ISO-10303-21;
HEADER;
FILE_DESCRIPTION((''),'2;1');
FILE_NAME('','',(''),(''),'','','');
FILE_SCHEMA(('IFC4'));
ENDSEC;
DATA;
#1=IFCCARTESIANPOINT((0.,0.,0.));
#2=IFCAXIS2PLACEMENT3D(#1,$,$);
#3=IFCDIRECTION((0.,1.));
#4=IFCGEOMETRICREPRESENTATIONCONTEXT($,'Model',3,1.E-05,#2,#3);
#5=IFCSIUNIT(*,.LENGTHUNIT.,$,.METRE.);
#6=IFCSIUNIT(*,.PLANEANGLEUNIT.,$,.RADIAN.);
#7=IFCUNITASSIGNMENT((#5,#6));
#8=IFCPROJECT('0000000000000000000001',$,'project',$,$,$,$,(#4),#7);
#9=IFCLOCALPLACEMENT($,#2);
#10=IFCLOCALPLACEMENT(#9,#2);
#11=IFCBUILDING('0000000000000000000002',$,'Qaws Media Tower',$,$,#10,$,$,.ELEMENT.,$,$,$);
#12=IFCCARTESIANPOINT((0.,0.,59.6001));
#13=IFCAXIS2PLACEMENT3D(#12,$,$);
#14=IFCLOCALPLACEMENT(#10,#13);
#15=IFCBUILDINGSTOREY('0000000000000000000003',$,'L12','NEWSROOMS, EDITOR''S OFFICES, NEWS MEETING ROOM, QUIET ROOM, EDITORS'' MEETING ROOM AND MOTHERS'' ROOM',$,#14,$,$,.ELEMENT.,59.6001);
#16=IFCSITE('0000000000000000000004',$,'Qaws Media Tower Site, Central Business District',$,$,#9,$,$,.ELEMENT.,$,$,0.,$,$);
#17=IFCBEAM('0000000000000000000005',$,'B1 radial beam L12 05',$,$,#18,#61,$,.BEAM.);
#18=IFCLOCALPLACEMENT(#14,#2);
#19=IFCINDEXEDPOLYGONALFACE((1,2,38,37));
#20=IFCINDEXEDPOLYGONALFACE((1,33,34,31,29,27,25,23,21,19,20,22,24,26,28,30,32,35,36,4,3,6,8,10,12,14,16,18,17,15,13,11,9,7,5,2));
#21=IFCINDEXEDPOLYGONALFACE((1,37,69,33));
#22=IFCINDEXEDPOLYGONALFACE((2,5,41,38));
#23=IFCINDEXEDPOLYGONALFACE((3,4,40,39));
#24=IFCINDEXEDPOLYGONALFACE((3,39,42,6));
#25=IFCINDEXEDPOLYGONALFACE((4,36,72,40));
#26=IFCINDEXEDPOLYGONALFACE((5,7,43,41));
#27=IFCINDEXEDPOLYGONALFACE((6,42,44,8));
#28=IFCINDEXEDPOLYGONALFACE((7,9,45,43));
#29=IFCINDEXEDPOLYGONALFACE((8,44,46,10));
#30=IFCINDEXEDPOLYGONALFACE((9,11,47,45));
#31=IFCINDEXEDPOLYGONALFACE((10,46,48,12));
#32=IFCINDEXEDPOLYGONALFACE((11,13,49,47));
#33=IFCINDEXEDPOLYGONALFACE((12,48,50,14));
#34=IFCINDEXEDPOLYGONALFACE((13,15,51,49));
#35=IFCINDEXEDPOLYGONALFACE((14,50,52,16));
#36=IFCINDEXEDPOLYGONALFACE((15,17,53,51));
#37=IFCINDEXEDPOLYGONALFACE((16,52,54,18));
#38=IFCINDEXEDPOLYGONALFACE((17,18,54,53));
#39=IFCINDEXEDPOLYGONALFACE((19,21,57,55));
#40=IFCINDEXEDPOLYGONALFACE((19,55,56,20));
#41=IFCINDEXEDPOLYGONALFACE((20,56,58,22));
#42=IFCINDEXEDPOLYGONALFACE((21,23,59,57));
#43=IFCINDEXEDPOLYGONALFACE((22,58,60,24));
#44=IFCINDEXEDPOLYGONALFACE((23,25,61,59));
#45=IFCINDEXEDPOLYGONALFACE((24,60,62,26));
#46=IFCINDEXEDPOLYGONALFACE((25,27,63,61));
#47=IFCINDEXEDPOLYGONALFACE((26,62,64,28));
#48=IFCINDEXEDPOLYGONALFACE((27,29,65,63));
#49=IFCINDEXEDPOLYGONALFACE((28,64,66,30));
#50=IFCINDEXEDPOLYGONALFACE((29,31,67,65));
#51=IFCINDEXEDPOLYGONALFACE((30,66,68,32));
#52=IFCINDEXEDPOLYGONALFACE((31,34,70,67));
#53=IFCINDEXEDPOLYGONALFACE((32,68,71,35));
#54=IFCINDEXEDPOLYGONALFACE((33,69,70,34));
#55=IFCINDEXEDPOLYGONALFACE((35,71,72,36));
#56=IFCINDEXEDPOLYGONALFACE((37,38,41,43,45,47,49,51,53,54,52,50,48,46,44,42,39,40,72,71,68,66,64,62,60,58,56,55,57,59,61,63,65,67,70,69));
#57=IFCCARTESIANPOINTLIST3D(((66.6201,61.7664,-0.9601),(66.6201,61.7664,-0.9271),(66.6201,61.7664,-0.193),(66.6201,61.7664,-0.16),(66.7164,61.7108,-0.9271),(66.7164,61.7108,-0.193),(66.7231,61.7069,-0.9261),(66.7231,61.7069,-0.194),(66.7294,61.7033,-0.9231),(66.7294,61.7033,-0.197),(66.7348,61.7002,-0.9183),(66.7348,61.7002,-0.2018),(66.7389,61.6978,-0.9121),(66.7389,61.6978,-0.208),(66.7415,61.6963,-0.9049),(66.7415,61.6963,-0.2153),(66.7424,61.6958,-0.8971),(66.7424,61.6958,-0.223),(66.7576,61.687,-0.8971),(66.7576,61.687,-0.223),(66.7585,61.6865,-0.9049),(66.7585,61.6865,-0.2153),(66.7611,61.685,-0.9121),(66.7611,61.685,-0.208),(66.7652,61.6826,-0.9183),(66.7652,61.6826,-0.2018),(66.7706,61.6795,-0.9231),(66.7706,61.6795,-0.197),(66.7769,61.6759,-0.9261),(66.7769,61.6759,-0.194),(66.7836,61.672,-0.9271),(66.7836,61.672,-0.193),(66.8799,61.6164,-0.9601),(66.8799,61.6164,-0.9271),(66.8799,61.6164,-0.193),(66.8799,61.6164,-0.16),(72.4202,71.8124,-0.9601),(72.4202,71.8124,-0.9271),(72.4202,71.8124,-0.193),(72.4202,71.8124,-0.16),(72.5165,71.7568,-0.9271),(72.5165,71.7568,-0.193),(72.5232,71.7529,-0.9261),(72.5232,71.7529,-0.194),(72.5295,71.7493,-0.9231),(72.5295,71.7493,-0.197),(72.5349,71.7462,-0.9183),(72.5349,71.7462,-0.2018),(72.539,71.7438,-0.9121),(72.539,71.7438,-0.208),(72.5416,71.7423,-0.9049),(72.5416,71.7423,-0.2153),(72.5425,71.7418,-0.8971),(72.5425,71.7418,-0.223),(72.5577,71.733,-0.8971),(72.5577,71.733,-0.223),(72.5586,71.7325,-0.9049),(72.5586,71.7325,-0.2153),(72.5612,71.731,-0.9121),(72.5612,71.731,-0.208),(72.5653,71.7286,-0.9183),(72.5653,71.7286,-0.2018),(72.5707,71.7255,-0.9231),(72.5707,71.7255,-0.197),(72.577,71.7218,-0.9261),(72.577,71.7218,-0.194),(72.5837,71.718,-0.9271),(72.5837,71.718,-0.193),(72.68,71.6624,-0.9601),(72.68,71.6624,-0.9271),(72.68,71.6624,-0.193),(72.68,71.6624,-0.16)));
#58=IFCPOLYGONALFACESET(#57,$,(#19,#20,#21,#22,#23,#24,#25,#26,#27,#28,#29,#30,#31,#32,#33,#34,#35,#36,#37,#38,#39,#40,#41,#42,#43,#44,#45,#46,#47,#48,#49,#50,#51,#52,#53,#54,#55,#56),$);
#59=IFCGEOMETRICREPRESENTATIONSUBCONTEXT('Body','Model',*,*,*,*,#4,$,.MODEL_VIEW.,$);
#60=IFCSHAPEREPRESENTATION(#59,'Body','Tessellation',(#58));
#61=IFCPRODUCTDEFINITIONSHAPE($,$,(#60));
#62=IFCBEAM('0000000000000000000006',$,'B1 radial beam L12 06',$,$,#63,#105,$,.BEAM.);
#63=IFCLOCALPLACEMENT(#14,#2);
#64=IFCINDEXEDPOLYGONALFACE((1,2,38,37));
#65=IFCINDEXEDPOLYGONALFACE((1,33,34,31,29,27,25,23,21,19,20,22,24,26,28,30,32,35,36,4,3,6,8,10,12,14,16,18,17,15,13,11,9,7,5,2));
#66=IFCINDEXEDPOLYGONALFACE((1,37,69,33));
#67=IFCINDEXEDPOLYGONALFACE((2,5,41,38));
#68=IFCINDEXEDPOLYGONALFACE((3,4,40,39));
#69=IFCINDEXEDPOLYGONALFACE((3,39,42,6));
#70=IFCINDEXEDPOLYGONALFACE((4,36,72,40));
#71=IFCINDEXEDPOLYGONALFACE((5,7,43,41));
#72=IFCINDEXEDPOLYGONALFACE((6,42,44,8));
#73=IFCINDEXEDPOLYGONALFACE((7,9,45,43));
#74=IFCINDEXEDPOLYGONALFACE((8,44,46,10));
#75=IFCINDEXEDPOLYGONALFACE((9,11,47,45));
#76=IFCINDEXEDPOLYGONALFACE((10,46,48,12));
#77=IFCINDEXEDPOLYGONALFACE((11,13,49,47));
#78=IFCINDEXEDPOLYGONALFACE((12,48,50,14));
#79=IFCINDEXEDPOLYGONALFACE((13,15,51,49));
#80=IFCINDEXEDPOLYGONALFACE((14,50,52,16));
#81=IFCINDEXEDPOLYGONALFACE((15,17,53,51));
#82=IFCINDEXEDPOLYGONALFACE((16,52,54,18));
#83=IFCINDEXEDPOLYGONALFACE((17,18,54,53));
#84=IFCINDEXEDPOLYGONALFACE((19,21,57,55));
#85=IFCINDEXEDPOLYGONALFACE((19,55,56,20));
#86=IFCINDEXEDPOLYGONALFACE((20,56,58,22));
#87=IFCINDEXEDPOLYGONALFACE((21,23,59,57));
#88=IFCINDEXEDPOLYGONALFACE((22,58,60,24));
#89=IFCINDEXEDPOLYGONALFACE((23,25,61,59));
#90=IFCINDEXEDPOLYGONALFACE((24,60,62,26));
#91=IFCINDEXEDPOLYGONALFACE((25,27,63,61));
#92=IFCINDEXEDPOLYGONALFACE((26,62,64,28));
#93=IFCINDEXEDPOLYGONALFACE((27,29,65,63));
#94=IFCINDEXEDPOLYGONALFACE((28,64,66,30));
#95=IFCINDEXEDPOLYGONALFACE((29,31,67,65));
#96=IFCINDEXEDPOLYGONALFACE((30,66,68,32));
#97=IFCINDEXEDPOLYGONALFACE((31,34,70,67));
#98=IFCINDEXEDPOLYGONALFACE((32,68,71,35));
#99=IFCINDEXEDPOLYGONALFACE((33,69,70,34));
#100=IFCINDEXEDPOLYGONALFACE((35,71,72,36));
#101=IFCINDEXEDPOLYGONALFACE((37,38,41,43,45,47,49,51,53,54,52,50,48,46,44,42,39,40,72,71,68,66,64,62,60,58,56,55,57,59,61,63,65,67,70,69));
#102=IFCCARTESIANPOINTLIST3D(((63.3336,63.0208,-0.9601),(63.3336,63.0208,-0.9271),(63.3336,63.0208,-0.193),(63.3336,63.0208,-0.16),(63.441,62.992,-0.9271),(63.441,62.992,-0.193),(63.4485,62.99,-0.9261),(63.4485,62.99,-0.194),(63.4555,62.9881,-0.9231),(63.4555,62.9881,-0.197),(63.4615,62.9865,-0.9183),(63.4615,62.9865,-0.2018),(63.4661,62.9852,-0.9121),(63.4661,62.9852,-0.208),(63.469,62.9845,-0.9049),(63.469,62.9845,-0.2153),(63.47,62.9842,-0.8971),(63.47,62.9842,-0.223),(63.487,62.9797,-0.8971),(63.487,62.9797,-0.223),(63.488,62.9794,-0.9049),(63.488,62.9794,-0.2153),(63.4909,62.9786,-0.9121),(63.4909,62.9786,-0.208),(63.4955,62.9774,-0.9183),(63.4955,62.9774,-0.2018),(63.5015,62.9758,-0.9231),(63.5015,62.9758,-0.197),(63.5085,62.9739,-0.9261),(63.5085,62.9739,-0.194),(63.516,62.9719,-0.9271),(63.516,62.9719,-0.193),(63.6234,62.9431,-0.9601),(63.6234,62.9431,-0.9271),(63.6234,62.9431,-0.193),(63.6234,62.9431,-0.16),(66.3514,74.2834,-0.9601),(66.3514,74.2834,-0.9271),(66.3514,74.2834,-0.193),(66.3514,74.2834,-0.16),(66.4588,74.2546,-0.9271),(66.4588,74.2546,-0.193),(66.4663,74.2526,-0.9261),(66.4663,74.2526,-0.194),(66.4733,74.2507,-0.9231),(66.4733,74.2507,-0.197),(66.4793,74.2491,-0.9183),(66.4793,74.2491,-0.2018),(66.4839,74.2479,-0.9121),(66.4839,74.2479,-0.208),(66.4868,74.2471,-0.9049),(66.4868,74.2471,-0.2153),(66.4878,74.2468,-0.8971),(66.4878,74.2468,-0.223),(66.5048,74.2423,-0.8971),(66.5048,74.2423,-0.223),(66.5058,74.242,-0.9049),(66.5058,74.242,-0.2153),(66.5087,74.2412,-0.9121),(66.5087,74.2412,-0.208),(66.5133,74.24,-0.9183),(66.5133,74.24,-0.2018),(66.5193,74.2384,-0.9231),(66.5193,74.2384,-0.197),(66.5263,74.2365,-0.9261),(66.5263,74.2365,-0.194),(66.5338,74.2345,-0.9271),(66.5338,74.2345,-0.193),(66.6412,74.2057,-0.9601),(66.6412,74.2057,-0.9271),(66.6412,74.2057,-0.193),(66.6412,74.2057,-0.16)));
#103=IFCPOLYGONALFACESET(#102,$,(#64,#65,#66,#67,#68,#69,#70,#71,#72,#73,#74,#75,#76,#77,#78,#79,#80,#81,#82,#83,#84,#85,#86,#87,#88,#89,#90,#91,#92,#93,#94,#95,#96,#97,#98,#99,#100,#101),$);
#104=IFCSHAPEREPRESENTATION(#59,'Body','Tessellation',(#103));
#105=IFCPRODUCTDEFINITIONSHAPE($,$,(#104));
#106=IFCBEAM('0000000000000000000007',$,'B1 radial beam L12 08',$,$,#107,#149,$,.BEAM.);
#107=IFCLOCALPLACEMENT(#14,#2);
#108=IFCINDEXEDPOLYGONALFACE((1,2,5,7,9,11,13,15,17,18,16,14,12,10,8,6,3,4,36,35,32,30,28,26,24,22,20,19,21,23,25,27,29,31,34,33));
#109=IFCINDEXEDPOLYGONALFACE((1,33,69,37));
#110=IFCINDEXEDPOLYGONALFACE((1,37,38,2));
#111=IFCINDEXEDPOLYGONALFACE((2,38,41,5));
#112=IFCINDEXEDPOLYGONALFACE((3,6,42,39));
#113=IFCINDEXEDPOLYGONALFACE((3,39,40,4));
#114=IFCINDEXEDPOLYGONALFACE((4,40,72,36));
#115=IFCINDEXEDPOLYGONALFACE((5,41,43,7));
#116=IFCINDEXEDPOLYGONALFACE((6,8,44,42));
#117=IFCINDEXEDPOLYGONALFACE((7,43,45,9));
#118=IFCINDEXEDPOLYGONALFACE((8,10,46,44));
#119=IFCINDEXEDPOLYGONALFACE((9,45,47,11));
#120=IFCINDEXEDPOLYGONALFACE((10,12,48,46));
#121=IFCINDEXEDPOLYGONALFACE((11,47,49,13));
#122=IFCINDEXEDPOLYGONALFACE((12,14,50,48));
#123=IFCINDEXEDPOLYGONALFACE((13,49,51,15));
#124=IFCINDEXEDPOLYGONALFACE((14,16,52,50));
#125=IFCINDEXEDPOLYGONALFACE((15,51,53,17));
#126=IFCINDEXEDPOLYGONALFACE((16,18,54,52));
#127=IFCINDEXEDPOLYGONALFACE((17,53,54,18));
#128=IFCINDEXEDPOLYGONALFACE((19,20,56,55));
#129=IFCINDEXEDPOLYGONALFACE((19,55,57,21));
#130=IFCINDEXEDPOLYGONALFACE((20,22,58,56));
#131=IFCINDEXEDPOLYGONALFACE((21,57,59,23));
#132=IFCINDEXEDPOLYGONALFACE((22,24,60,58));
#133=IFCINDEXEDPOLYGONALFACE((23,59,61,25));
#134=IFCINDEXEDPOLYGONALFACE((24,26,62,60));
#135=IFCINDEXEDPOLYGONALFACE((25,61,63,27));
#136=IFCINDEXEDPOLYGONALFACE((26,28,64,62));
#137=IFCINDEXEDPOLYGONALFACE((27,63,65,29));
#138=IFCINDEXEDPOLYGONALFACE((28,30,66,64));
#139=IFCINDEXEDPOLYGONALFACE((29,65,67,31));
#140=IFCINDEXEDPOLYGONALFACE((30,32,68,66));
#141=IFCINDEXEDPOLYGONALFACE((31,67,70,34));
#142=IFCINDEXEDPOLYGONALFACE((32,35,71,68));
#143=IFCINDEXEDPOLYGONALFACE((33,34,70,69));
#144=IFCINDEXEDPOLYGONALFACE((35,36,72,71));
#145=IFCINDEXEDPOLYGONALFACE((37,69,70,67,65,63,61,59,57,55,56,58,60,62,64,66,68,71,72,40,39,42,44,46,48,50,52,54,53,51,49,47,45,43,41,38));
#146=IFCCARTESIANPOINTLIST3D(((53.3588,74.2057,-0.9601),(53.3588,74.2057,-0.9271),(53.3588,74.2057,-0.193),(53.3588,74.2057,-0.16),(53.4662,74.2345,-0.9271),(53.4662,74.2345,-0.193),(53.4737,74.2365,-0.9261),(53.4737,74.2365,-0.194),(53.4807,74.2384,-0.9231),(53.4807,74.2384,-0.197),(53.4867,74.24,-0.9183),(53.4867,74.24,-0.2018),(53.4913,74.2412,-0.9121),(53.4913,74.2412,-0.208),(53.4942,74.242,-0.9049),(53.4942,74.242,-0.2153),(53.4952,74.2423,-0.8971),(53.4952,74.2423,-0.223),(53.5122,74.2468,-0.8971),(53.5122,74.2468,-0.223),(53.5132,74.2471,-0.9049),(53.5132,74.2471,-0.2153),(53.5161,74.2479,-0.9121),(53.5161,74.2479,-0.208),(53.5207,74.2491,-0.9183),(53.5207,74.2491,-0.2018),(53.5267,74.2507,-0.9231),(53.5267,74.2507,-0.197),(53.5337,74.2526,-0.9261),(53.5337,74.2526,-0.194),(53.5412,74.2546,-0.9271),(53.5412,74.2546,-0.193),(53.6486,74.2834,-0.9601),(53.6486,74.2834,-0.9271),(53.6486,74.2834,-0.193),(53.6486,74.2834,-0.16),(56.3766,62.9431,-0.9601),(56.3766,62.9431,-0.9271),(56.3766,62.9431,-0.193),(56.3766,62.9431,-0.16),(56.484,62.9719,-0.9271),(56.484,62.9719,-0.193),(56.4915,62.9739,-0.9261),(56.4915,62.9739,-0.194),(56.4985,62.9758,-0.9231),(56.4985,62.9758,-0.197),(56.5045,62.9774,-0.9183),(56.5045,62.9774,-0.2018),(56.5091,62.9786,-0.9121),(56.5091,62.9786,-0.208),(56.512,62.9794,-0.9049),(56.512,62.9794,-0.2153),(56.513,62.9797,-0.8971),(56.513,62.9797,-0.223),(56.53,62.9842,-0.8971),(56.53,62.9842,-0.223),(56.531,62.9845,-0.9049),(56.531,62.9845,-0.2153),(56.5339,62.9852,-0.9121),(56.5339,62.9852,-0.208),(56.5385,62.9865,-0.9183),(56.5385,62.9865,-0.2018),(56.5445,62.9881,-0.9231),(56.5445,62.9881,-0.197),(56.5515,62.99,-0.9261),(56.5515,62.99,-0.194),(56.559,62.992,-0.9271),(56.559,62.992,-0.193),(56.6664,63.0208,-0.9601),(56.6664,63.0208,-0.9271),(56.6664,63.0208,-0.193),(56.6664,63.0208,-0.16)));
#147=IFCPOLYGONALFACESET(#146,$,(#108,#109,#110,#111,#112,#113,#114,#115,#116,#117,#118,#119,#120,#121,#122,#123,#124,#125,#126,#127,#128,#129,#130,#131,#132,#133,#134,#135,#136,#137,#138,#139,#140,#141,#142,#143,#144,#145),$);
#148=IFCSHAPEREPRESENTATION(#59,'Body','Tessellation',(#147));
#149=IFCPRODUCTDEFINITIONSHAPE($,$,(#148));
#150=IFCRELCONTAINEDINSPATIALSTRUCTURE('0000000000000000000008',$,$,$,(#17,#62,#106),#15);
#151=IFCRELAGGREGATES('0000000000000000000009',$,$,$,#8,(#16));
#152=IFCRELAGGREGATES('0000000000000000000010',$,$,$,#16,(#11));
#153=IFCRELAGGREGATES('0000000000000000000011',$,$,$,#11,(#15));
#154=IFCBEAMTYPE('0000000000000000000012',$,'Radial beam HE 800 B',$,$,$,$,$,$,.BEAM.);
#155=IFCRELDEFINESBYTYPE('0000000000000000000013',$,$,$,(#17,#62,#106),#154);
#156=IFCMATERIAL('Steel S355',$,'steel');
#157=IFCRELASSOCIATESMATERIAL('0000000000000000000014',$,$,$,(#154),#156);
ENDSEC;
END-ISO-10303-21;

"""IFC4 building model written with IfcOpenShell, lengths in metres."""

from ifc_helpers import new_model, si_unit, direction, frame, origin, origin_2d, place, context, subcontext, project, spatial, i_section, extrude, material, material_profile, profile_set, type_object, element, save


model = new_model("IFC4")

# Units and contexts
model_context = context("Model", 3, precision=1e-05, world=origin(), true_north=direction((0.0, 1.0)))
body_context = subcontext(model_context, "Body", "Model", "MODEL_VIEW")
ifc_project = project(units=[si_unit("LENGTHUNIT", "METRE"), si_unit("PLANEANGLEUNIT", "RADIAN")], contexts=[model_context])

# Site, building, storey
site_placement = place(None, origin())
site = spatial("IfcSite", under=ifc_project, at=site_placement, Name="Qaws Media Tower Site, Central Business District", CompositionType="ELEMENT", RefElevation=0.0)
building_placement = place(site_placement, origin())
building = spatial("IfcBuilding", under=site, at=building_placement, Name="Qaws Media Tower", CompositionType="ELEMENT")
storey_placement = place(building_placement, frame((0.0, 0.0, 59.6001)))
storey = spatial("IfcBuildingStorey", under=building, at=storey_placement, Name="L12", Description="NEWSROOMS, EDITOR'S OFFICES, NEWS MEETING ROOM, QUIET ROOM, EDITORS' MEETING ROOM AND MOTHERS' ROOM", CompositionType="ELEMENT", Elevation=59.6001)

# Beams
ifc_material_1 = material(Name="Steel S355", Category="steel")
ifc_material_profile_1 = material_profile(ifc_material_1, i_section(OverallWidth=0.3, OverallDepth=0.8, WebThickness=0.0176, FlangeThickness=0.033, FilletRadius=0.03, at=origin_2d()), Name="HE 800 B")
ifc_profile_set_1 = profile_set([ifc_material_profile_1], Name="Steel S355")
beam_type_1 = type_object("IfcBeamType", Name="Radial beam HE 800 B", PredefinedType="BEAM", material=ifc_profile_set_1)
beam_1_placement = place(storey_placement, frame((66.75, 61.6914, -0.5601), z_axis=(0.500003, 0.866024, 0.0), x_axis=(-0.866024, 0.500003, 0.0)))
element("IfcBeam", 1, at=beam_1_placement, inside=storey, type_object=beam_type_1, Name="B1 radial beam L12 05", PredefinedType="BEAM", context=body_context, shape_type="SweptSolid", body=[
    extrude(i_section(OverallWidth=0.3, OverallDepth=0.8, WebThickness=0.0176, FlangeThickness=0.033, FilletRadius=0.03, at=origin_2d()), origin(), (0.0, 0.0, 1.0), 11.6001),
])
for number, where, z_axis, x_axis, name in (
    (2, (63.4785, 62.9819, -0.5601), (0.258818, 0.965926, 0.0), (-0.965926, 0.258818, 0.0), "B1 radial beam L12 06"),
    (3, (56.5215, 62.9819, -0.5601), (-0.258818, 0.965926, 0.0), (-0.965926, -0.258818, 0.0), "B1 radial beam L12 08"),
):
    element("IfcBeam", number, at=place(storey_placement, frame(where, z_axis=z_axis, x_axis=x_axis)), inside=storey, type_object=beam_type_1, Name=name, PredefinedType="BEAM", context=body_context, shape_type="SweptSolid", body=[
        extrude(i_section(OverallWidth=0.3, OverallDepth=0.8, WebThickness=0.0176, FlangeThickness=0.033, FilletRadius=0.03, at=origin_2d()), origin(), (0.0, 0.0, 1.0), 11.6599),
    ])

save(model, "model.ifc")
